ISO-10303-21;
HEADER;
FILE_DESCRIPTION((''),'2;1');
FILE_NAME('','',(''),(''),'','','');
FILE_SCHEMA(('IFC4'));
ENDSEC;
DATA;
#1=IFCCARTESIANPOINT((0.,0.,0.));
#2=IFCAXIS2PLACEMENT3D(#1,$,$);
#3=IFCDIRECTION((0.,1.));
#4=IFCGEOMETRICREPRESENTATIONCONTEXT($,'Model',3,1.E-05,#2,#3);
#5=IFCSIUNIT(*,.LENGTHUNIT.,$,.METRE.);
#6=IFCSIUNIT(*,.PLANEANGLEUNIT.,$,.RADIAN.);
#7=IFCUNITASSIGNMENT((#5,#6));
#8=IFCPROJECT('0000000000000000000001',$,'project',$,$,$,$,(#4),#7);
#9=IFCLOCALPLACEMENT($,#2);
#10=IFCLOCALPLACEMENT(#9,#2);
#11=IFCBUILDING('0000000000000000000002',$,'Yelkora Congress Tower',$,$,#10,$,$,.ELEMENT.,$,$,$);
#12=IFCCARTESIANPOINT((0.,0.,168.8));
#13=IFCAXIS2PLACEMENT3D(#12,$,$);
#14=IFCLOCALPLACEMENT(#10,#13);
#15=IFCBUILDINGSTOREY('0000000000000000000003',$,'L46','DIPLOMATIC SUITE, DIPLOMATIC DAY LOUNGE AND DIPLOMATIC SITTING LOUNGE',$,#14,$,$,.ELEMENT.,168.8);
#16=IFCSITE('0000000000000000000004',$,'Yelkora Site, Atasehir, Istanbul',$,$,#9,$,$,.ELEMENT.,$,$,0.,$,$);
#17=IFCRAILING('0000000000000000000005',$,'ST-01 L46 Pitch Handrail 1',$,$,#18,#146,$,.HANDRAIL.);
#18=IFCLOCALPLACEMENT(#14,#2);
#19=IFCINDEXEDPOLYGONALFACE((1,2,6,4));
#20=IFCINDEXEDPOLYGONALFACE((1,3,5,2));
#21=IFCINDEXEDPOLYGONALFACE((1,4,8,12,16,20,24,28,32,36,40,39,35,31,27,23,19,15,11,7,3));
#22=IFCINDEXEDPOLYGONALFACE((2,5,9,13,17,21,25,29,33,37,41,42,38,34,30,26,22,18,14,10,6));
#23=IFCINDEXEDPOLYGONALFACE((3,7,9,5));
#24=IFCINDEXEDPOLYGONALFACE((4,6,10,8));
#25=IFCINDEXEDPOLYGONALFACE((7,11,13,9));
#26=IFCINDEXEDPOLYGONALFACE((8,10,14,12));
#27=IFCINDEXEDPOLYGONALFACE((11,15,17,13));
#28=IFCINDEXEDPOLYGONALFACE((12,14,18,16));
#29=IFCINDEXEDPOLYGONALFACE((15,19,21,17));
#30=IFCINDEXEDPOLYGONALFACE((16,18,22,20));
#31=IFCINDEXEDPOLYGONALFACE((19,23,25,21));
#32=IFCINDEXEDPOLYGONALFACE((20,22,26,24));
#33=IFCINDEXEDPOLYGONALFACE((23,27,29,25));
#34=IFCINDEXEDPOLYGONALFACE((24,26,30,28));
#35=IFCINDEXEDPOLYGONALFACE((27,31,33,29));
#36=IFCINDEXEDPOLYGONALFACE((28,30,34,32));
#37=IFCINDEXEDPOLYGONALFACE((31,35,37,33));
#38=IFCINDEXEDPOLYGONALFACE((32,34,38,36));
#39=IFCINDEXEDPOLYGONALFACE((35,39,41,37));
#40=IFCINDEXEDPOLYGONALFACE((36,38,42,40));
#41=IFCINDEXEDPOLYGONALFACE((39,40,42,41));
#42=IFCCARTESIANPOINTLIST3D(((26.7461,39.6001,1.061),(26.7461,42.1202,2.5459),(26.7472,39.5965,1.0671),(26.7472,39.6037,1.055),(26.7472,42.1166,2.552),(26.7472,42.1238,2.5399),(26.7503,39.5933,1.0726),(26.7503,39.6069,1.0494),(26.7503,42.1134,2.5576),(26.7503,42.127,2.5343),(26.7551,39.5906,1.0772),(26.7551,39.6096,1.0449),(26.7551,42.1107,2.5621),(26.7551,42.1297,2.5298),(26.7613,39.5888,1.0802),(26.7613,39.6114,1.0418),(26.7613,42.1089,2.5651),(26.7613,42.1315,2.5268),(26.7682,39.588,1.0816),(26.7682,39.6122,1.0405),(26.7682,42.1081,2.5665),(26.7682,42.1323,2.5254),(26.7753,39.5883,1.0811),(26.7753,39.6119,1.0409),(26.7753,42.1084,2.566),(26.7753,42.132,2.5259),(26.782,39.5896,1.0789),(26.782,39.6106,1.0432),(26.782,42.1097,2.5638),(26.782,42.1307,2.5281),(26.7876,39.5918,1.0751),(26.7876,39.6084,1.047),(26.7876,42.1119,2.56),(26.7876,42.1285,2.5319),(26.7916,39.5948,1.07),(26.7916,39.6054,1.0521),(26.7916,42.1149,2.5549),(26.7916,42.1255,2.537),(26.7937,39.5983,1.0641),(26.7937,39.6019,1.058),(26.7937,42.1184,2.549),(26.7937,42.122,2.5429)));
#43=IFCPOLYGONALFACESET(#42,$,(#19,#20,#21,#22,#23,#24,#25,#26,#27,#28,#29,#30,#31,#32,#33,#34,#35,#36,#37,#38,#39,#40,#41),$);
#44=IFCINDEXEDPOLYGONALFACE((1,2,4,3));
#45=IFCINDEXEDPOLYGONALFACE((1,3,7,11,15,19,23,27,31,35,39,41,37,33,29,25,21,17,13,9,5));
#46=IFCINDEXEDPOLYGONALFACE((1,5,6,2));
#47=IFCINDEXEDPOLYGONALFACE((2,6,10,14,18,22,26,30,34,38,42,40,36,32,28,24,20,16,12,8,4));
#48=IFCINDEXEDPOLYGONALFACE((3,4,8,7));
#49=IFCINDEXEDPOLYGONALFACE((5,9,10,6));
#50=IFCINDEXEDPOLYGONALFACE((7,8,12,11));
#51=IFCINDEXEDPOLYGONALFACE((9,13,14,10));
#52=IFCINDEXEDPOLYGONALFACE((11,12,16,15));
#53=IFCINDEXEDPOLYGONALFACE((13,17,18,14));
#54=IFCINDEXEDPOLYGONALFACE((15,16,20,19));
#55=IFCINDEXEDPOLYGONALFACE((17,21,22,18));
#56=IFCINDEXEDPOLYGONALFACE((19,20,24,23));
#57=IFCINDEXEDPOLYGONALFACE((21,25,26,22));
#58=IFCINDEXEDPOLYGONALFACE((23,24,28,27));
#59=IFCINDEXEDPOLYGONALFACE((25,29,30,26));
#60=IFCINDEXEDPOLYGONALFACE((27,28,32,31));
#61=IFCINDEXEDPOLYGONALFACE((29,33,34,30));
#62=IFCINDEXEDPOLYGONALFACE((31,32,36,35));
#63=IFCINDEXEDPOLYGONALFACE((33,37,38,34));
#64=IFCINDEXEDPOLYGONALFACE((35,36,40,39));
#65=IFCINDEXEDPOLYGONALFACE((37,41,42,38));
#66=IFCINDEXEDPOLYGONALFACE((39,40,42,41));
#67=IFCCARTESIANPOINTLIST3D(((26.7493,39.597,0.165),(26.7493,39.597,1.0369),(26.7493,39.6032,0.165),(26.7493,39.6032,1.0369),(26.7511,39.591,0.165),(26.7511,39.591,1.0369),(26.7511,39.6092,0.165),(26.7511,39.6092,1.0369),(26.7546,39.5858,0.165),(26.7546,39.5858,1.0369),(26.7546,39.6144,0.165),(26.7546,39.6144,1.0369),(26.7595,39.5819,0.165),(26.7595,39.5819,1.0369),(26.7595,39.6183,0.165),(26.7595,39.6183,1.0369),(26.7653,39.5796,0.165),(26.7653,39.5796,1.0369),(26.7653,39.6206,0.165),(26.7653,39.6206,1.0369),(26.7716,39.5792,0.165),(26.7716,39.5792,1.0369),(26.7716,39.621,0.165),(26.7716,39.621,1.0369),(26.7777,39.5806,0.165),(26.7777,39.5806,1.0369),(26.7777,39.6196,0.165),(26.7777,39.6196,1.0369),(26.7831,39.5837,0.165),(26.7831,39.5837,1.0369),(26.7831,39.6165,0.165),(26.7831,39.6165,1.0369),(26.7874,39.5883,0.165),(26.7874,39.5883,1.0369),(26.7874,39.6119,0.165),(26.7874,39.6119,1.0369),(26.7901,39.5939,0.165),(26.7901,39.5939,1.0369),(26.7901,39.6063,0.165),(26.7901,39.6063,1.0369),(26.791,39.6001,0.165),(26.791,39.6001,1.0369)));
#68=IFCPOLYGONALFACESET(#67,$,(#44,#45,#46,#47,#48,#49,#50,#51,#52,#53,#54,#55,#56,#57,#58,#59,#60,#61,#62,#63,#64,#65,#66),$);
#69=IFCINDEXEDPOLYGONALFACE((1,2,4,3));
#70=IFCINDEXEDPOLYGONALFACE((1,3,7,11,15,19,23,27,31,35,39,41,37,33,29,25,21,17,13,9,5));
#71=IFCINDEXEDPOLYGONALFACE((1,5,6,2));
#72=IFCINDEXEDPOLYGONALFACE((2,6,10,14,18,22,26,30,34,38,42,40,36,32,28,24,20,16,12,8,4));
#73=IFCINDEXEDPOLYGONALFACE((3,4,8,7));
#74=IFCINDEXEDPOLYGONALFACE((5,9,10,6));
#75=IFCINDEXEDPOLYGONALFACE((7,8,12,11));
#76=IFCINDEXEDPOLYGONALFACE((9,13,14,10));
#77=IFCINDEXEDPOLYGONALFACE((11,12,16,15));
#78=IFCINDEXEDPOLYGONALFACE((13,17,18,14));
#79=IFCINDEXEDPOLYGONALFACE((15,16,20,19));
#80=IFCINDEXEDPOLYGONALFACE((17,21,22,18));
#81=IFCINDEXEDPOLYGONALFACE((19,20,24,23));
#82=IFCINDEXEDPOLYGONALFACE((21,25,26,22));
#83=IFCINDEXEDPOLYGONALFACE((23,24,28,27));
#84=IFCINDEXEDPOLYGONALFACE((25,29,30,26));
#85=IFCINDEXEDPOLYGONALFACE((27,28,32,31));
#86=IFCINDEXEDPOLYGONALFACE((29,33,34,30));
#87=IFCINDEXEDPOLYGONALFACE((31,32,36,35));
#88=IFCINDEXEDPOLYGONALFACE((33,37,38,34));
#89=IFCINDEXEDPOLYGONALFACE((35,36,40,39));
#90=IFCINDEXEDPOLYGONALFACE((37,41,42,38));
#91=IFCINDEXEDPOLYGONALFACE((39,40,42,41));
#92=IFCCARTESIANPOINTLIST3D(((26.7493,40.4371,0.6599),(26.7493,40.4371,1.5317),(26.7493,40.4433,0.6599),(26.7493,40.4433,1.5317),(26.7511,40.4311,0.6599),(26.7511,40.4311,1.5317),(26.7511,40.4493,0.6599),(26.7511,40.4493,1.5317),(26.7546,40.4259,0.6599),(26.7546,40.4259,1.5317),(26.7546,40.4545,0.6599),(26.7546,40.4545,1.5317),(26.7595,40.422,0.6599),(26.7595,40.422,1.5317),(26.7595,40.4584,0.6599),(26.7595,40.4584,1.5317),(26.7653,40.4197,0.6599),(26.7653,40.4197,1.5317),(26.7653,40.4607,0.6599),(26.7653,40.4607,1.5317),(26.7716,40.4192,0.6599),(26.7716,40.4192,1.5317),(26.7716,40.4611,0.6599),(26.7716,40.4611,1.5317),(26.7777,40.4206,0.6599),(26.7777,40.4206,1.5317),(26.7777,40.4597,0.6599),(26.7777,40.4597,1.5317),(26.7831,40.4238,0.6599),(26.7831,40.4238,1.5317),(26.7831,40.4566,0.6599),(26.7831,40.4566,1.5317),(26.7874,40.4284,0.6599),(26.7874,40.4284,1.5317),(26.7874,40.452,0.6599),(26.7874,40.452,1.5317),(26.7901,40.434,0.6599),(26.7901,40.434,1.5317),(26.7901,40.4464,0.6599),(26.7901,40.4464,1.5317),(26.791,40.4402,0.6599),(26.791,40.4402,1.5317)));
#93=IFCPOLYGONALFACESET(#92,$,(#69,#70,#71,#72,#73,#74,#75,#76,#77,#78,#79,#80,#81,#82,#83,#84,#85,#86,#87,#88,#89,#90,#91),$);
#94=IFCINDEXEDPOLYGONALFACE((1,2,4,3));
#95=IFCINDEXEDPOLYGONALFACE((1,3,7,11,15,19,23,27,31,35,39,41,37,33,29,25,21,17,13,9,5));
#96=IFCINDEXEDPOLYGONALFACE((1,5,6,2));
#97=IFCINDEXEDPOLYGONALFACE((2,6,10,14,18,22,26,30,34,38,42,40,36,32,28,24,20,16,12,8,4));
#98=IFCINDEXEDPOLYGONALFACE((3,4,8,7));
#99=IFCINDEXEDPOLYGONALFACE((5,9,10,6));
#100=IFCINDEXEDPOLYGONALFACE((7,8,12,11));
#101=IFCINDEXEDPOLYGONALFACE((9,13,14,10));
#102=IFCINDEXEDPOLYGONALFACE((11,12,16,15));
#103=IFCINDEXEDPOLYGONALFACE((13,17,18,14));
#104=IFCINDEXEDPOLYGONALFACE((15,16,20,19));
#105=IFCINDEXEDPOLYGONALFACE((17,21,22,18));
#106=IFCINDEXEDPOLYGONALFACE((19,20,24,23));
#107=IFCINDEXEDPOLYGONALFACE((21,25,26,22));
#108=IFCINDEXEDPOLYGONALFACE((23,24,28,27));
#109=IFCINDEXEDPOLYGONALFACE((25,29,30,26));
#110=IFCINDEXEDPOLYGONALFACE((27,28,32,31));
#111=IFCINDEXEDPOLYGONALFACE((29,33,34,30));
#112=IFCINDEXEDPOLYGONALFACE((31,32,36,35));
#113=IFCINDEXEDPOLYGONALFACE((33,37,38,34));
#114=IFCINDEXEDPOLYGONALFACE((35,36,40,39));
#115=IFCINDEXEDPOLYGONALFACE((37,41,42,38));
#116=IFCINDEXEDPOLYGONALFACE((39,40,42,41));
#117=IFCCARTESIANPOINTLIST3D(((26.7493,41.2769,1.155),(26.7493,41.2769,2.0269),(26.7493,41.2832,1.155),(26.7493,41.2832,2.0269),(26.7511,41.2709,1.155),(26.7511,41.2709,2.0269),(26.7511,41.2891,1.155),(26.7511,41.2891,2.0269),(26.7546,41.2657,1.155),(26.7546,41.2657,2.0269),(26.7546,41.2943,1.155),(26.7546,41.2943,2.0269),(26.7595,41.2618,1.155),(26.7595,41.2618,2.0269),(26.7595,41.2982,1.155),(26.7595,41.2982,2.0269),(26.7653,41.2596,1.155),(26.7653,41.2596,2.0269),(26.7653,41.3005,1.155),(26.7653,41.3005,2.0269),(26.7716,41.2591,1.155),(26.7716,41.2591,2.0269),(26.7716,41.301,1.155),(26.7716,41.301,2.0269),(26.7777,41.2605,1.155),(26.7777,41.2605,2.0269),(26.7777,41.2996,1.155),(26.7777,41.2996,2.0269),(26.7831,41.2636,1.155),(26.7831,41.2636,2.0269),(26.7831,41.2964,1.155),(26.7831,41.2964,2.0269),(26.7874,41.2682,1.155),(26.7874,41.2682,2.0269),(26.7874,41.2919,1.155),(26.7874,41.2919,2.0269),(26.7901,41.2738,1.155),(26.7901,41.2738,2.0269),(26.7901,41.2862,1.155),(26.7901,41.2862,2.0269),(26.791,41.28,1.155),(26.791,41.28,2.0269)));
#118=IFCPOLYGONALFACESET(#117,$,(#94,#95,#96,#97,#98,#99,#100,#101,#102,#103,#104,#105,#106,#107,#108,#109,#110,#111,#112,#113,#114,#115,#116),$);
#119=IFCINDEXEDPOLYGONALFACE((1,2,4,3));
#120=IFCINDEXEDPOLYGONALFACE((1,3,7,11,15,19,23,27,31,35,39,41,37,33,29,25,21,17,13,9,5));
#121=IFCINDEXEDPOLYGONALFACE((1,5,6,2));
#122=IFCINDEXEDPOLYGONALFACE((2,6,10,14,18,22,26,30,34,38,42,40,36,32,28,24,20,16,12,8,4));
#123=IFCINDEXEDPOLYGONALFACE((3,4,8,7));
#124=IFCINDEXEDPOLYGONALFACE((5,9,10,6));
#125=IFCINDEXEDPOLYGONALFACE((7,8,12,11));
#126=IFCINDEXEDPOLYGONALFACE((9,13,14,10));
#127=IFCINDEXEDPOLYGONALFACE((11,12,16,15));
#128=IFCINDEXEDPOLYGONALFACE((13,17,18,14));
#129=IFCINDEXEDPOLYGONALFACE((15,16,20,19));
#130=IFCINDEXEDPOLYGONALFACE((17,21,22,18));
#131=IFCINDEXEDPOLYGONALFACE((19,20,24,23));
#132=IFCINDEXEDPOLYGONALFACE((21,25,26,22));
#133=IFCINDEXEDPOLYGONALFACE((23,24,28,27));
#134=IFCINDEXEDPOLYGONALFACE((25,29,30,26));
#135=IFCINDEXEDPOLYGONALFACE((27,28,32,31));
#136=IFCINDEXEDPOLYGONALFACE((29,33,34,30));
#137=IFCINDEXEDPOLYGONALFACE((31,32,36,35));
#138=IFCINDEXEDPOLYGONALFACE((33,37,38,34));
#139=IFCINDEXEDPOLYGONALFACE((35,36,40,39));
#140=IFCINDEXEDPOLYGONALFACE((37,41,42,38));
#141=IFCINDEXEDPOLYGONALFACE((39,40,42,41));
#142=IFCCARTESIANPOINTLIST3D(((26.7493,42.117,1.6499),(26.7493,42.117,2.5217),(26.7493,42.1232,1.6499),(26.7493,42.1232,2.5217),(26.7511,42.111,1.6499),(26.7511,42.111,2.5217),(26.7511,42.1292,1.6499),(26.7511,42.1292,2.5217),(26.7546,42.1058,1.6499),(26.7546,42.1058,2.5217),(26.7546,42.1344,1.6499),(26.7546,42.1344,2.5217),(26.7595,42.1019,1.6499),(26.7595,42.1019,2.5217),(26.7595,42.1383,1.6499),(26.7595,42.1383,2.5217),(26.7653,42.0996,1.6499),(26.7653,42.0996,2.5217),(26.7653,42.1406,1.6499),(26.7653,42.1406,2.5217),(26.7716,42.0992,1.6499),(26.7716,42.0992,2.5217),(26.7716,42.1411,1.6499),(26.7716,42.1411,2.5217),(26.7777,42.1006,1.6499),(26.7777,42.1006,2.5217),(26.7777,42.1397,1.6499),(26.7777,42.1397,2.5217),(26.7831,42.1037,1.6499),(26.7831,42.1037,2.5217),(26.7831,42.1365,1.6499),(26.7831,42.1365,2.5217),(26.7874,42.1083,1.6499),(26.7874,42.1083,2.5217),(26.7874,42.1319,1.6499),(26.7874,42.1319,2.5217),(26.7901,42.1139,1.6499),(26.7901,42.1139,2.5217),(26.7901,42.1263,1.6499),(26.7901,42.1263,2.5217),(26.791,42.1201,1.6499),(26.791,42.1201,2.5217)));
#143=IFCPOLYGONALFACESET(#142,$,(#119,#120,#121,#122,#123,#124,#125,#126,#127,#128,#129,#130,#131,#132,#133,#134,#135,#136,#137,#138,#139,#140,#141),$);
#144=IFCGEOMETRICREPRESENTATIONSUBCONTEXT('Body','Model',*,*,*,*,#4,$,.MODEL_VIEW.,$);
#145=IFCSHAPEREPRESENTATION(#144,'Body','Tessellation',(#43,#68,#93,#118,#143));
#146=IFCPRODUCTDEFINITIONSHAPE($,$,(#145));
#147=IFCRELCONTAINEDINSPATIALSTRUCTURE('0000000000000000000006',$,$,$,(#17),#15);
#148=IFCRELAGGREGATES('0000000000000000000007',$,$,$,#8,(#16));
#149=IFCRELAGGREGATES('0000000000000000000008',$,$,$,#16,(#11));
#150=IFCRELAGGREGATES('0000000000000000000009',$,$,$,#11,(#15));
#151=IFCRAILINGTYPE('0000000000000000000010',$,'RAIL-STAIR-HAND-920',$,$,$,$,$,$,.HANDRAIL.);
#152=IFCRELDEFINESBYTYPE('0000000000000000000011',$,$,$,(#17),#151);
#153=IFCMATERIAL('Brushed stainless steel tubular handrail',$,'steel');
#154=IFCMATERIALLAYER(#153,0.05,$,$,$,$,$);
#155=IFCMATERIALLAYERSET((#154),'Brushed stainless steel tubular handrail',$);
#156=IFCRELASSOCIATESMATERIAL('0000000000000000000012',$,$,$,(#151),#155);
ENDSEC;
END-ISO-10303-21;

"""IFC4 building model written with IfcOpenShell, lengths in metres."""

from ifc_helpers import new_model, si_unit, direction, frame, origin, origin_2d, place, context, subcontext, project, spatial, circle, extrude, material, layer, layer_set, type_object, element, save


model = new_model("IFC4")

# Units and contexts
model_context = context("Model", 3, precision=1e-05, world=origin(), true_north=direction((0.0, 1.0)))
body_context = subcontext(model_context, "Body", "Model", "MODEL_VIEW")
ifc_project = project(units=[si_unit("LENGTHUNIT", "METRE"), si_unit("PLANEANGLEUNIT", "RADIAN")], contexts=[model_context])

# Site, building, storey
site_placement = place(None, origin())
site = spatial("IfcSite", under=ifc_project, at=site_placement, Name="Yelkora Site, Atasehir, Istanbul", CompositionType="ELEMENT", RefElevation=0.0)
building_placement = place(site_placement, origin())
building = spatial("IfcBuilding", under=site, at=building_placement, Name="Yelkora Congress Tower", CompositionType="ELEMENT")
storey_placement = place(building_placement, frame((0.0, 0.0, 168.8)))
storey = spatial("IfcBuildingStorey", under=building, at=storey_placement, Name="L46", Description="DIPLOMATIC SUITE, DIPLOMATIC DAY LOUNGE AND DIPLOMATIC SITTING LOUNGE", CompositionType="ELEMENT", Elevation=168.8)

# Railing
ifc_material_1 = material(Name="Brushed stainless steel tubular handrail", Category="steel")
ifc_layer_1 = layer(ifc_material_1, 0.05)
ifc_layer_set_1 = layer_set([ifc_layer_1], Name="Brushed stainless steel tubular handrail")
railing_type_1 = type_object("IfcRailingType", Name="RAIL-STAIR-HAND-920", PredefinedType="HANDRAIL", material=ifc_layer_set_1)
railing_1_placement = place(storey_placement, frame((26.77, 39.6001, 0.165)))
element("IfcRailing", 1, at=railing_1_placement, inside=storey, type_object=railing_type_1, Name="ST-01 L46 Pitch Handrail 1", PredefinedType="HANDRAIL", context=body_context, shape_type="SweptSolid", body=[
    extrude(circle(Radius=0.0239, at=origin_2d()), frame((0.0, 0.0, 0.896), z_axis=(0.0, 0.861561, 0.507655), x_axis=(-1.0, 0.0, 0.0)), (0.0, 0.0, 1.0), 2.925),
    extrude(circle(Radius=0.021, at=origin_2d()), origin(), (0.0, 0.0, 1.0), 0.8718),
    extrude(circle(Radius=0.021, at=origin_2d()), frame((0.0, 0.8401, 0.4949)), (0.0, 0.0, 1.0), 0.8718),
    extrude(circle(Radius=0.021, at=origin_2d()), frame((0.0, 1.6799, 0.99)), (0.0, 0.0, 1.0), 0.8718),
    extrude(circle(Radius=0.021, at=origin_2d()), frame((0.0, 2.52, 1.4849)), (0.0, 0.0, 1.0), 0.8718),
])

save(model, "model.ifc")
